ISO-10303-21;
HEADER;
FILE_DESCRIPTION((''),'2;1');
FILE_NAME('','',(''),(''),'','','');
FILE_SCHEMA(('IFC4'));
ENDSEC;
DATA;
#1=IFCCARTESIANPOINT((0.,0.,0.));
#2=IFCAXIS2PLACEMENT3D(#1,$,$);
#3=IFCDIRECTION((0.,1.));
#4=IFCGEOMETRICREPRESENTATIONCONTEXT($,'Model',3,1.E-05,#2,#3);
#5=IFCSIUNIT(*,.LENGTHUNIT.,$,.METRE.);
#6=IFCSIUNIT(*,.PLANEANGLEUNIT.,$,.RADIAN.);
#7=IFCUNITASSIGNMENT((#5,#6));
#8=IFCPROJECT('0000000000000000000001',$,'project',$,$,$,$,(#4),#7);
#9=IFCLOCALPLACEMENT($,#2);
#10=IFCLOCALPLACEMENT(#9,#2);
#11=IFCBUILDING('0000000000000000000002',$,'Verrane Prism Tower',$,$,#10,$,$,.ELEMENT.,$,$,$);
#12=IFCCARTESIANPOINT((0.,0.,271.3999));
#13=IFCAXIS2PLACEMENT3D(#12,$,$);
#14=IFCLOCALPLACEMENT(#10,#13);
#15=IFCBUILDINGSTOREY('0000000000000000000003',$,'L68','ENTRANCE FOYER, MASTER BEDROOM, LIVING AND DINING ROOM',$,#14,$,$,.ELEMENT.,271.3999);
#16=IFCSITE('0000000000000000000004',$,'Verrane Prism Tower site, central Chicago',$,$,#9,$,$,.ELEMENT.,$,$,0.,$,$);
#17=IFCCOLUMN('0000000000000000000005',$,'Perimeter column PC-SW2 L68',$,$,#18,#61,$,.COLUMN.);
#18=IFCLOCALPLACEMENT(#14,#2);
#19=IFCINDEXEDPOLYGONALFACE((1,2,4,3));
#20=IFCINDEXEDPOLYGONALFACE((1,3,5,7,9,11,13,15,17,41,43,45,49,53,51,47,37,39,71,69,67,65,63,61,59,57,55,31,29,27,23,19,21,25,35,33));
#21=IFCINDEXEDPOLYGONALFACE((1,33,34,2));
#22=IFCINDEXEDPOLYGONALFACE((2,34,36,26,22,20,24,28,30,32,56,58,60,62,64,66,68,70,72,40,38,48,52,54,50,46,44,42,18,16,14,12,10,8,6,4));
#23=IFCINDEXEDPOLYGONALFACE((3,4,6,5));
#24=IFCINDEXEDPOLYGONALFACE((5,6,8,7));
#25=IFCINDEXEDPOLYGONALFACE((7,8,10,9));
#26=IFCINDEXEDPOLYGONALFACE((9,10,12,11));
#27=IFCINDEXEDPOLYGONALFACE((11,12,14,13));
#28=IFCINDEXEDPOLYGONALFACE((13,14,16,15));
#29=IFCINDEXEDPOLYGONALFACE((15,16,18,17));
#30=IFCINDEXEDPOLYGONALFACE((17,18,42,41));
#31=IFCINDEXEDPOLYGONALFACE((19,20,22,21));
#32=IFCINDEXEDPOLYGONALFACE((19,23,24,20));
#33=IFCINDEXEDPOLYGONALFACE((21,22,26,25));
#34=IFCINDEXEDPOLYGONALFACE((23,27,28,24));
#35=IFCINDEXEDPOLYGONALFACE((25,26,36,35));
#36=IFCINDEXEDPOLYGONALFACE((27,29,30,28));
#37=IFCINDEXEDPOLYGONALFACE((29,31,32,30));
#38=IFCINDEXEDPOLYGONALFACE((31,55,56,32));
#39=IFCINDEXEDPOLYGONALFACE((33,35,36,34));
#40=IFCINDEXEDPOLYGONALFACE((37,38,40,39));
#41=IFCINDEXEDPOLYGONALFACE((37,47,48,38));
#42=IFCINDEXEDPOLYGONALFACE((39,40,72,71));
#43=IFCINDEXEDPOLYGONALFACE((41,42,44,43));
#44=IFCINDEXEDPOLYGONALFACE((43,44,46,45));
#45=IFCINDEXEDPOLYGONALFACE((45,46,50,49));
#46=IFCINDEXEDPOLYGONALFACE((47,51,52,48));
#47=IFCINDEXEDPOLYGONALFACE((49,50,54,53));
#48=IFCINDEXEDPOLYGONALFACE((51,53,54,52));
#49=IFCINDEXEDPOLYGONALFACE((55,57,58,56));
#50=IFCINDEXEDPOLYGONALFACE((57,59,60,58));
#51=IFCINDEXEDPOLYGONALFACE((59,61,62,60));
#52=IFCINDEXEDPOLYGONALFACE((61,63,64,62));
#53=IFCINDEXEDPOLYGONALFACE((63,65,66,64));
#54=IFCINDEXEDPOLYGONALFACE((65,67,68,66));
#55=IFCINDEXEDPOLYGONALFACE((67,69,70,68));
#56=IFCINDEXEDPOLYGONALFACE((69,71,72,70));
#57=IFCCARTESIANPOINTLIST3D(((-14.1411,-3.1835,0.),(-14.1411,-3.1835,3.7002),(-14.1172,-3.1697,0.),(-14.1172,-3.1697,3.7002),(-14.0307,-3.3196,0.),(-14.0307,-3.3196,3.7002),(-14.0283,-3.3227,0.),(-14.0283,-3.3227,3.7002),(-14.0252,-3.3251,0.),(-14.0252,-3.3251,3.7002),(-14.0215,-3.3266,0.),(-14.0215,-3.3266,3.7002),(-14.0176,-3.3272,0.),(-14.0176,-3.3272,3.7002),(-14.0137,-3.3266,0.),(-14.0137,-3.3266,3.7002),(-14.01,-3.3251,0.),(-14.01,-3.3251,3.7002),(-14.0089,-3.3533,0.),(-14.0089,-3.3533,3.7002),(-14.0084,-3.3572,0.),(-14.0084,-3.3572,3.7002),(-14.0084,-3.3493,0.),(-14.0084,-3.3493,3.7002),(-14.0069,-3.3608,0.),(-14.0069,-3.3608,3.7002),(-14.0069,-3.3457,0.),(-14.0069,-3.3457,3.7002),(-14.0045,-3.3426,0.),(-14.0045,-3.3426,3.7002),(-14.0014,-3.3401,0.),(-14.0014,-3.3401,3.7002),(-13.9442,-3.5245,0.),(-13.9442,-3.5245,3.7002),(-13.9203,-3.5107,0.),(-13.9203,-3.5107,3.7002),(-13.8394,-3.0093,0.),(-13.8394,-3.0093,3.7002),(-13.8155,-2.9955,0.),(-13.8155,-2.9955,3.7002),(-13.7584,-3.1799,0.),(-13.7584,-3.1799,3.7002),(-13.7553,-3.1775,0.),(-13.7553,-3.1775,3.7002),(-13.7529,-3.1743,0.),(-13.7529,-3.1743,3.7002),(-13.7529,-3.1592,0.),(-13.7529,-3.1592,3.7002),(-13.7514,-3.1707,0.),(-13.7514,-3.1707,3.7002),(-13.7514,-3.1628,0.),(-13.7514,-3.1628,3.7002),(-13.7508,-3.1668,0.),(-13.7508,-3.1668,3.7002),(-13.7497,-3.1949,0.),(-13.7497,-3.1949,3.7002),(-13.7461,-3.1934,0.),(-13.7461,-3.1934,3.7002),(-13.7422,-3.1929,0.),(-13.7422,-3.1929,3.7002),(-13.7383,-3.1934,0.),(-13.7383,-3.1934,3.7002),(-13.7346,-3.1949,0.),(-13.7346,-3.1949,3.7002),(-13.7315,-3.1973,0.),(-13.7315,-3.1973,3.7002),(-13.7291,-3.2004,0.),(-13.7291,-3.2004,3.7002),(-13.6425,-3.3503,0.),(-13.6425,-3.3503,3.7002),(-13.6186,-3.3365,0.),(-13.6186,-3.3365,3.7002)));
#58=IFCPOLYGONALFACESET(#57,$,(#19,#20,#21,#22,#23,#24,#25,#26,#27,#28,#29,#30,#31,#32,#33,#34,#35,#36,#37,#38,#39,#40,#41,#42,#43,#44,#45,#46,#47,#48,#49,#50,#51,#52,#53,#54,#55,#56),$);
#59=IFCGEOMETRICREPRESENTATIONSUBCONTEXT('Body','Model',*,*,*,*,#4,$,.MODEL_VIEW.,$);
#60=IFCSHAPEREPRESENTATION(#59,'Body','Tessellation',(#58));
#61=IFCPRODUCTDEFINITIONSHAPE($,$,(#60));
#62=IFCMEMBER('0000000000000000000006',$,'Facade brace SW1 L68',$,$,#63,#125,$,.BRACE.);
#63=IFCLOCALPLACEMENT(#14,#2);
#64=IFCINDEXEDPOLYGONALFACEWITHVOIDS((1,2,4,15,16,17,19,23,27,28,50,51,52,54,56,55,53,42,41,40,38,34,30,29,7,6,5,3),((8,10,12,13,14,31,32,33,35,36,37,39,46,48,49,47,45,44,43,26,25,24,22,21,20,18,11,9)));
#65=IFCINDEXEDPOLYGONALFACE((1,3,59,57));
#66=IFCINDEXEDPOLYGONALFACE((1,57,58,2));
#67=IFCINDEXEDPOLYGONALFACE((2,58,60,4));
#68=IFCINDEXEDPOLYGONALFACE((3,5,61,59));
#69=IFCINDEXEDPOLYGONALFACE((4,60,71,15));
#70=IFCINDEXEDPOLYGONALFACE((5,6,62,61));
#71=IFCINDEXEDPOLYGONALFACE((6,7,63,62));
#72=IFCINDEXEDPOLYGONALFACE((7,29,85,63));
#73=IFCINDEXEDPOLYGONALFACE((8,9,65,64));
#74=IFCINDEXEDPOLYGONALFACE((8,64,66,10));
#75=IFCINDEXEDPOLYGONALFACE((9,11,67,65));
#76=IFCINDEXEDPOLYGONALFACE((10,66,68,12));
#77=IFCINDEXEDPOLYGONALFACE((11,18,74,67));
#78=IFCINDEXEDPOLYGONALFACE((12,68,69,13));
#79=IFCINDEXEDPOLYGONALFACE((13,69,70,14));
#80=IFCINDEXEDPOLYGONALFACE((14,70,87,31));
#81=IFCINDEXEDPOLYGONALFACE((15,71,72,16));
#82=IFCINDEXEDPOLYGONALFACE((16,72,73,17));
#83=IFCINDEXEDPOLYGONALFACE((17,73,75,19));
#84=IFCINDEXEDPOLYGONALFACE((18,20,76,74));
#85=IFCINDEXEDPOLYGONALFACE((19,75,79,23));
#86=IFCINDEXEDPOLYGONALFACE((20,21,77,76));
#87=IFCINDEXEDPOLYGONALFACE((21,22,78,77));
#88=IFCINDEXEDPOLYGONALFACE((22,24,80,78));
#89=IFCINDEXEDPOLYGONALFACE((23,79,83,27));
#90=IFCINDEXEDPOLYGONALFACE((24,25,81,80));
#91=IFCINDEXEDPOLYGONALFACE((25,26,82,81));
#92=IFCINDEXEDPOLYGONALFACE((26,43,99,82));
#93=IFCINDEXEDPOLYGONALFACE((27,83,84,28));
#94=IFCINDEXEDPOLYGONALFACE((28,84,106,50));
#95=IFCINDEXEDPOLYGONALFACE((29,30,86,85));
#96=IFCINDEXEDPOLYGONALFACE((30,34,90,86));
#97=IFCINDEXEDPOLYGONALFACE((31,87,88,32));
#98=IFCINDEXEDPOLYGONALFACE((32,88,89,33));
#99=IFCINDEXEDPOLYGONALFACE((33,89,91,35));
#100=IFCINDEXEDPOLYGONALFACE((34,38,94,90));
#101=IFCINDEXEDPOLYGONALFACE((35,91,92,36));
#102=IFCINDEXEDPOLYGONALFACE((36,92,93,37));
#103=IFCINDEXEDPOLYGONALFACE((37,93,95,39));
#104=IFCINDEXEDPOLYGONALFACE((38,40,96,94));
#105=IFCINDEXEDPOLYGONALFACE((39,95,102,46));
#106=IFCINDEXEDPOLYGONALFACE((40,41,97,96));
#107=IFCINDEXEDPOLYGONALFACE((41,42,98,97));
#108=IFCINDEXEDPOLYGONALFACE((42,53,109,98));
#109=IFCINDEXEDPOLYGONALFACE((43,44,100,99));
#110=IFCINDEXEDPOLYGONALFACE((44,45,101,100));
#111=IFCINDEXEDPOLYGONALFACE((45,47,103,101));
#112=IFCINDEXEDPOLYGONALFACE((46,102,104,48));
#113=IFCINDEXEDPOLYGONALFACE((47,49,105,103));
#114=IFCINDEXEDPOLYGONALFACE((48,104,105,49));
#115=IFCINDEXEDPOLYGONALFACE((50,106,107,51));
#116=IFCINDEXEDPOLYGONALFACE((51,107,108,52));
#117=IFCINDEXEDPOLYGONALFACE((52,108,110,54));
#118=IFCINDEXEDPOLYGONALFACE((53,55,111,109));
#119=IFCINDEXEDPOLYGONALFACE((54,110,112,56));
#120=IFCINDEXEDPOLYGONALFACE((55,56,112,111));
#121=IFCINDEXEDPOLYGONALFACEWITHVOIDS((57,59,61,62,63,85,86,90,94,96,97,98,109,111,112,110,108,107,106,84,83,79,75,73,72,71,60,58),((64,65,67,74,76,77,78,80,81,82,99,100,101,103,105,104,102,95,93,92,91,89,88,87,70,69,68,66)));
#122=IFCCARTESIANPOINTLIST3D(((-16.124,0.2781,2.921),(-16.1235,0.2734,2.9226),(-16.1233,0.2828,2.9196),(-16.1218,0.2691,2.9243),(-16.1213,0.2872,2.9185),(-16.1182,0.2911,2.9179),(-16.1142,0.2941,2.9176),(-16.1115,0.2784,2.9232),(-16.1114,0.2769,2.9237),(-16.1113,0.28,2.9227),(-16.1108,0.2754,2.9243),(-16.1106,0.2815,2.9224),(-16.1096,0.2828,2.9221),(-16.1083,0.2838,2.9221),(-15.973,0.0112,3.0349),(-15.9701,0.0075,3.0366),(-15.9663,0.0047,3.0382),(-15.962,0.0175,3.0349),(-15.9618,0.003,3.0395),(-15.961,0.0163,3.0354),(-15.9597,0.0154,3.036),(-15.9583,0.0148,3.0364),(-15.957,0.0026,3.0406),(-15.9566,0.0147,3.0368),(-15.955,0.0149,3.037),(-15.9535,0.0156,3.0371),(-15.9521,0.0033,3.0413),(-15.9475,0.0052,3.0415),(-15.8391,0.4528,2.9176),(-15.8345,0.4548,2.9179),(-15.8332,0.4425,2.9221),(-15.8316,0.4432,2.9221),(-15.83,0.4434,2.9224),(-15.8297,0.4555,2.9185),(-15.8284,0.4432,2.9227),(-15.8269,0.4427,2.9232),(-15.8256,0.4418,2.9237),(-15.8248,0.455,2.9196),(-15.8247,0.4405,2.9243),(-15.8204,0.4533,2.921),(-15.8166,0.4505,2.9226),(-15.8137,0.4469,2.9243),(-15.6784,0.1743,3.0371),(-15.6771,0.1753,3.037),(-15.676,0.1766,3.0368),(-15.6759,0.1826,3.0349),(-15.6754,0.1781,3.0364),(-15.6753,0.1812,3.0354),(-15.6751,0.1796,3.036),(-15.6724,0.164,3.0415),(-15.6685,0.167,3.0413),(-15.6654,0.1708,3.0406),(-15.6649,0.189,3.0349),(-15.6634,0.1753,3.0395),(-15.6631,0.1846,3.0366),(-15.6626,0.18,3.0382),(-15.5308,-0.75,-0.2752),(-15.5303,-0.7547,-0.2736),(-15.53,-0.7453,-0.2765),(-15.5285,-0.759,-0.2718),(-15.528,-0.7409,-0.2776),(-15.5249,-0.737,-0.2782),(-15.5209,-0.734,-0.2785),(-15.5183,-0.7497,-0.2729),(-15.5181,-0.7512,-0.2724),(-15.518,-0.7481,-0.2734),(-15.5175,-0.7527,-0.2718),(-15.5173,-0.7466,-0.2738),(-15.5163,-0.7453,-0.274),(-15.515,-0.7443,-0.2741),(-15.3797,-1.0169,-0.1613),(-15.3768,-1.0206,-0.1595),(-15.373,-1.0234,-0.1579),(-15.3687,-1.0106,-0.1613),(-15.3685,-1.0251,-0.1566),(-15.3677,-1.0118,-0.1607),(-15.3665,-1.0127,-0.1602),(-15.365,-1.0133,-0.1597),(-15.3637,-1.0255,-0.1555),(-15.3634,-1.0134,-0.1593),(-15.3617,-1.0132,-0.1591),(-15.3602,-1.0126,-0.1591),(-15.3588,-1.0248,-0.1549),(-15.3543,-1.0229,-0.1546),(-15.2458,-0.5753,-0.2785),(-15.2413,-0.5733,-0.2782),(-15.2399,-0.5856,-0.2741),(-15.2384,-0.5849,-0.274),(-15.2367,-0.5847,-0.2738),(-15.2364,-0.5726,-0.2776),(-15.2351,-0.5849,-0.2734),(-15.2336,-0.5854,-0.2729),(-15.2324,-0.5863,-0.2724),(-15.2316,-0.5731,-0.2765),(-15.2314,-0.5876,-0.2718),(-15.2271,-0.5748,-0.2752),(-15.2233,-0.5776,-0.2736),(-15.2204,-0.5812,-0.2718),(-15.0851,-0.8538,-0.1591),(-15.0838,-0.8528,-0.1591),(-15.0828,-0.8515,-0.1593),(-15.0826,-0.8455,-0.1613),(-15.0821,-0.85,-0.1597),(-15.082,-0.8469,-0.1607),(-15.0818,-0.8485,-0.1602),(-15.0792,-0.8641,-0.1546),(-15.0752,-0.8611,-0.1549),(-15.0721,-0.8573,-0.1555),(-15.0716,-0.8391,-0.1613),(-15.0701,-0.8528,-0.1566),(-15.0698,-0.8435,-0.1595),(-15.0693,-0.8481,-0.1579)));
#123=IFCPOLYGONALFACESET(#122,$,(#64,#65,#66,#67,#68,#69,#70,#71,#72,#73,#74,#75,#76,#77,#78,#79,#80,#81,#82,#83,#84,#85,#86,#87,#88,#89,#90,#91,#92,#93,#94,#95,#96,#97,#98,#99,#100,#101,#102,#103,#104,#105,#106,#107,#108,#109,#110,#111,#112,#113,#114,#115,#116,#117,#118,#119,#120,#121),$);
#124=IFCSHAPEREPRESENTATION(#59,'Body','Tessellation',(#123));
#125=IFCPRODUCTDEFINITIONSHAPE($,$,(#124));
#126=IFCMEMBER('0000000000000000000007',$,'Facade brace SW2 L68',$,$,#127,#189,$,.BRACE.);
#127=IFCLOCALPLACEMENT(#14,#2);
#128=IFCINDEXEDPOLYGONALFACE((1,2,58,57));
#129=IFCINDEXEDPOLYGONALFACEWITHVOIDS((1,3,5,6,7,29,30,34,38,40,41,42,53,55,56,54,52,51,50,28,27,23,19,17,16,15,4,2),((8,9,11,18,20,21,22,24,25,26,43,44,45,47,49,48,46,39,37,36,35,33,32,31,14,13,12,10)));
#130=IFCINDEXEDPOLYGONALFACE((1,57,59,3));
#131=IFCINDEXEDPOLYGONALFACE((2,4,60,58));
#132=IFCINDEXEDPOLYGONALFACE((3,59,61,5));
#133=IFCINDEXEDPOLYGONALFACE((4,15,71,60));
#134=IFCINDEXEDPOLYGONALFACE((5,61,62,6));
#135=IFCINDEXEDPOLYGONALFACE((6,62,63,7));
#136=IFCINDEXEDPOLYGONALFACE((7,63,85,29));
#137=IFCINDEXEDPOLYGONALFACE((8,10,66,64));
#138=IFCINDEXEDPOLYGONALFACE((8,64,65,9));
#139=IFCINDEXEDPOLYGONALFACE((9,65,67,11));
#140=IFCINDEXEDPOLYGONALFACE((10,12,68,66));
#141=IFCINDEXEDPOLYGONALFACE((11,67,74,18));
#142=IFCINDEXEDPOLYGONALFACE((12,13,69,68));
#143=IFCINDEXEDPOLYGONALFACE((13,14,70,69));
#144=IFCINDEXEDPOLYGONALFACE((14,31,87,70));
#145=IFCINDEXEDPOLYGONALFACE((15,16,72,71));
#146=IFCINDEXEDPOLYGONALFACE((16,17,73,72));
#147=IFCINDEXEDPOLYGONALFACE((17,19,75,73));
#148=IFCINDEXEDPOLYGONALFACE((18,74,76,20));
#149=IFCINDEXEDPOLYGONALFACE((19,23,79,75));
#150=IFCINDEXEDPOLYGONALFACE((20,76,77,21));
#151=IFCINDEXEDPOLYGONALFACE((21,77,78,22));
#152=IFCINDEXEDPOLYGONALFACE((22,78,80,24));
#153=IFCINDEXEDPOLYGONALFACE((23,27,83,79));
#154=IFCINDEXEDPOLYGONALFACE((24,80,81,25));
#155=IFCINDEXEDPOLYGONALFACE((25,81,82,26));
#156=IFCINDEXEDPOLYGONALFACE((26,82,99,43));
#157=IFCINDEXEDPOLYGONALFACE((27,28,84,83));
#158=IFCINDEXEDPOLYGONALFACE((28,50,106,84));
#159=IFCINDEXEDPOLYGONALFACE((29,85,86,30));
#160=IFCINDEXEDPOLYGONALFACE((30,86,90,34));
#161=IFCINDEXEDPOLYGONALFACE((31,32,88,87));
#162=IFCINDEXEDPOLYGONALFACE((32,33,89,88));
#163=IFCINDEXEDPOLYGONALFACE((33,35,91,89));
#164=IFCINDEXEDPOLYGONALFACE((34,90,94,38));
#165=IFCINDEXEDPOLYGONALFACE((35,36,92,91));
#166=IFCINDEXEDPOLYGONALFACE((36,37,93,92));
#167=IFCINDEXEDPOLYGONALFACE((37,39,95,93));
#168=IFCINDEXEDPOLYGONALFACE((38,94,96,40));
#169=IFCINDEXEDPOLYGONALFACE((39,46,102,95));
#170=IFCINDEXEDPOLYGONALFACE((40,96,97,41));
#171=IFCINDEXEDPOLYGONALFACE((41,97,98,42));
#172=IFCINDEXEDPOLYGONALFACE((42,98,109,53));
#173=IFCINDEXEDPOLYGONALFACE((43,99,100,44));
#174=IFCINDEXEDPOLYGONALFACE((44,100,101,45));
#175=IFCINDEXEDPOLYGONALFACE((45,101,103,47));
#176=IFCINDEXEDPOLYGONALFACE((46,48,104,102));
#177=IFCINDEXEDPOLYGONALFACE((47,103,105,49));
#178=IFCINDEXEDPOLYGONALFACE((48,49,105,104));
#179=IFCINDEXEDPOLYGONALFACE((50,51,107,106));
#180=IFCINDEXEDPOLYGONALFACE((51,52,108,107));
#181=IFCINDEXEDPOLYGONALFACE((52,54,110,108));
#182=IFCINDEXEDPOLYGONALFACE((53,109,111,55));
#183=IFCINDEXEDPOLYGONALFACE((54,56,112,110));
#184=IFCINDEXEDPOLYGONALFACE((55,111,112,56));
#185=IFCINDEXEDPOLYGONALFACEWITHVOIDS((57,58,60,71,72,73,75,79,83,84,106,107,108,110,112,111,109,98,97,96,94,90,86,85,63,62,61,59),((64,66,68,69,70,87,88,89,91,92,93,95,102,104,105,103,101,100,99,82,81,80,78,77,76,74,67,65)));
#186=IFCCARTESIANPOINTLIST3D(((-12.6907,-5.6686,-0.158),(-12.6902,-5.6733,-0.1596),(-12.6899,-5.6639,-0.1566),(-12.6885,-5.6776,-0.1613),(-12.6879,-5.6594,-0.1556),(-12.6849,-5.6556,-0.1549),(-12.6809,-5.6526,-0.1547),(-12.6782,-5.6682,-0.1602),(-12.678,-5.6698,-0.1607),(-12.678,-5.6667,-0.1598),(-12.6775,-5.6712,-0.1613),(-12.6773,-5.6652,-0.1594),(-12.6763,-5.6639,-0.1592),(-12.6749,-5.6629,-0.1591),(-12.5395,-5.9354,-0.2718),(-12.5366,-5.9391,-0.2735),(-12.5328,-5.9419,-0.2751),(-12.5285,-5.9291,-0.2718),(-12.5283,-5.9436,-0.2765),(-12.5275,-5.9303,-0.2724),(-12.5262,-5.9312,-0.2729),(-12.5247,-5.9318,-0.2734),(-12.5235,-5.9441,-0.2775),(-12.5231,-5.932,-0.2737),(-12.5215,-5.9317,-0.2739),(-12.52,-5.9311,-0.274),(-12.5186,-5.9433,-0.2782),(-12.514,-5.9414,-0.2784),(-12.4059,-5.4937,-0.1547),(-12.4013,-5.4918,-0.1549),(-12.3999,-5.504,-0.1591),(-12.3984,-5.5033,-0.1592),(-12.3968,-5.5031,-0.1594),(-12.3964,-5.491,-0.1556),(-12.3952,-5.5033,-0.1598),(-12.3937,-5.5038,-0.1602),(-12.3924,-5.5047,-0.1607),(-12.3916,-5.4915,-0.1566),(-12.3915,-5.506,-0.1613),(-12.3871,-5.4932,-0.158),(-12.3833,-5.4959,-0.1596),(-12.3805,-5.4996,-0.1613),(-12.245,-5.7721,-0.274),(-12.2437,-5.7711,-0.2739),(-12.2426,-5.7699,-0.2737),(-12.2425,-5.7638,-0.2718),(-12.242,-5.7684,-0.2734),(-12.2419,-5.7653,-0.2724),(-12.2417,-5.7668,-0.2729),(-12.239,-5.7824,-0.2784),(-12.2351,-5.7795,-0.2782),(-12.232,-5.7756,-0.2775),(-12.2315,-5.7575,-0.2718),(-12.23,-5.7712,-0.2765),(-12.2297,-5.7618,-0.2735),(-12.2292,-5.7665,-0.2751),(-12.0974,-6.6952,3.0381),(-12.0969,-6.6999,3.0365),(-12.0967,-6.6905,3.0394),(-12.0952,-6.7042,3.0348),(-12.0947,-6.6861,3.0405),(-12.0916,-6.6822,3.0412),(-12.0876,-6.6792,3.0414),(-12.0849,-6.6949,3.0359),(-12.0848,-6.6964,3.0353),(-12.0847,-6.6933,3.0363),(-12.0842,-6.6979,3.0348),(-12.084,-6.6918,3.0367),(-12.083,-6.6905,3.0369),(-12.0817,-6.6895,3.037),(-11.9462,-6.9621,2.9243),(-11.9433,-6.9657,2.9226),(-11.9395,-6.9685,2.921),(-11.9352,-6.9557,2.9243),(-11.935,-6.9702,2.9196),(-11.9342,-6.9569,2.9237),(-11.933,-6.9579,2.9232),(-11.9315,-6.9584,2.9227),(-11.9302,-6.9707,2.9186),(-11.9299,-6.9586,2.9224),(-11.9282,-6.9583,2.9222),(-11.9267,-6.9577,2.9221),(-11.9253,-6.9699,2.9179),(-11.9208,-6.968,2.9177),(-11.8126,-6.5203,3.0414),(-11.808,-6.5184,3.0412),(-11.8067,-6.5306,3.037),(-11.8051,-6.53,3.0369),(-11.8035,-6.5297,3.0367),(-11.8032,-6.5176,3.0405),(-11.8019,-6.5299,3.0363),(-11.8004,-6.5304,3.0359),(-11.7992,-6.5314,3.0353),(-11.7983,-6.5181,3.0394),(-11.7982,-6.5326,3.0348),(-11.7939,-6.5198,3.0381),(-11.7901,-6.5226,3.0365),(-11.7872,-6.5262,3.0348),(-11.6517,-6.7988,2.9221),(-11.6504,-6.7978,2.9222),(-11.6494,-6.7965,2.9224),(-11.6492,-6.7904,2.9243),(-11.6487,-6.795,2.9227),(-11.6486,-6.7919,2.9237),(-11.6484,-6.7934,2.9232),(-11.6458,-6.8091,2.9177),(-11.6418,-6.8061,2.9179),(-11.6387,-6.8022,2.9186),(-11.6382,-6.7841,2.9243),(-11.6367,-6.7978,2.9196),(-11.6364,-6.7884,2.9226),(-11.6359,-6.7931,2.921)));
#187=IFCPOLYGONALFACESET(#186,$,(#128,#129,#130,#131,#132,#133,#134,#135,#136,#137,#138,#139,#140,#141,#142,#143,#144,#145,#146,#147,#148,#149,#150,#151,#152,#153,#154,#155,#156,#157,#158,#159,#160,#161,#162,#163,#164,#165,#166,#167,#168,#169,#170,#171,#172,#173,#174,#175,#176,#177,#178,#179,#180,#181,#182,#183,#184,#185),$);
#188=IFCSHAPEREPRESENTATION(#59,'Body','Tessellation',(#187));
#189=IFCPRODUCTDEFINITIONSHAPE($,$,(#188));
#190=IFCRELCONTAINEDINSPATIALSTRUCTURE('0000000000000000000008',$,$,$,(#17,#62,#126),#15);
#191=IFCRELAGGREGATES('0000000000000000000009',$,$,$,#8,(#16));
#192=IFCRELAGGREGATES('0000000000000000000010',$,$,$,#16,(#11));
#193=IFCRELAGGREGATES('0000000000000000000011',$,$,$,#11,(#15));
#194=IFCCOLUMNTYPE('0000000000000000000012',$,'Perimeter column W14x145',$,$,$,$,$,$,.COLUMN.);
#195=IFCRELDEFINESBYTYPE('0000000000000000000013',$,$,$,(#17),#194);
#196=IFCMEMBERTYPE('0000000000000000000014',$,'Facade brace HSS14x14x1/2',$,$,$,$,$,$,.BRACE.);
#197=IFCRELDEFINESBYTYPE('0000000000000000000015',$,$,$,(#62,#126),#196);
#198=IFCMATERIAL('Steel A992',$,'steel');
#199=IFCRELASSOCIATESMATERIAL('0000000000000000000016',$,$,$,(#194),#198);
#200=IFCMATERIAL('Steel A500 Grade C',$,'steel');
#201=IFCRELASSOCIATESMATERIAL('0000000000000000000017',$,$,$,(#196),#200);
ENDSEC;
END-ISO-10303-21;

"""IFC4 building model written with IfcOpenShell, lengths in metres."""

from ifc_helpers import new_model, si_unit, direction, frame, origin, origin_2d, place, context, subcontext, project, spatial, hollow_rectangle, i_section, extrude, material, material_profile, profile_set, type_object, element, save


model = new_model("IFC4")

# Units and contexts
model_context = context("Model", 3, precision=1e-05, world=origin(), true_north=direction((0.0, 1.0)))
body_context = subcontext(model_context, "Body", "Model", "MODEL_VIEW")
ifc_project = project(units=[si_unit("LENGTHUNIT", "METRE"), si_unit("PLANEANGLEUNIT", "RADIAN")], contexts=[model_context])

# Site, building, storey
site_placement = place(None, origin())
site = spatial("IfcSite", under=ifc_project, at=site_placement, Name="Verrane Prism Tower site, central Chicago", CompositionType="ELEMENT", RefElevation=0.0)
building_placement = place(site_placement, origin())
building = spatial("IfcBuilding", under=site, at=building_placement, Name="Verrane Prism Tower", CompositionType="ELEMENT")
storey_placement = place(building_placement, frame((0.0, 0.0, 271.3999)))
storey = spatial("IfcBuildingStorey", under=building, at=storey_placement, Name="L68", Description="ENTRANCE FOYER, MASTER BEDROOM, LIVING AND DINING ROOM", CompositionType="ELEMENT", Elevation=271.3999)

# Column
ifc_material_1 = material(Name="Steel A992", Category="steel")
ifc_material_profile_1 = material_profile(ifc_material_1, i_section(OverallWidth=0.3938, OverallDepth=0.376, WebThickness=0.0173, FlangeThickness=0.0276, FilletRadius=0.0151, at=origin_2d()), Name="W14x145")
ifc_profile_set_1 = profile_set([ifc_material_profile_1], Name="Steel A992")
column_type = type_object("IfcColumnType", Name="Perimeter column W14x145", PredefinedType="COLUMN", material=ifc_profile_set_1)
column_placement = place(storey_placement, frame((-13.8799, -3.26, 0.0), z_axis=(0.0, 0.0, 1.0), x_axis=(-0.5, 0.866025, 0.0)))
element("IfcColumn", 1, at=column_placement, inside=storey, type_object=column_type, Name="Perimeter column PC-SW2 L68", PredefinedType="COLUMN", context=body_context, shape_type="SweptSolid", body=[
    extrude(i_section(OverallWidth=0.3938, OverallDepth=0.376, WebThickness=0.0173, FlangeThickness=0.0276, FilletRadius=0.0151, at=origin_2d()), origin(), (0.0, 0.0, 1.0), 3.7002),
])

# Members
ifc_material_2 = material(Name="Steel A500 Grade C", Category="steel")
ifc_material_profile_2 = material_profile(ifc_material_2, hollow_rectangle(XDim=0.3557, YDim=0.3557, WallThickness=0.0127, InnerFilletRadius=0.0063, OuterFilletRadius=0.019, at=origin_2d()), Name="HSS14x14x1/2")
ifc_profile_set_2 = profile_set([ifc_material_profile_2], Name="Steel A500 Grade C")
member_type_1 = type_object("IfcMemberType", Name="Facade brace HSS14x14x1/2", PredefinedType="BRACE", material=ifc_profile_set_2)
member_1_placement = place(storey_placement, frame((-15.3, -0.7991, -0.2166), z_axis=(-0.174011, 0.301547, 0.937438), x_axis=(-0.866134, -0.499811, 0.0)))
element("IfcMember", 2, at=member_1_placement, inside=storey, type_object=member_type_1, Name="Facade brace SW1 L68", PredefinedType="BRACE", context=body_context, shape_type="SweptSolid", body=[
    extrude(hollow_rectangle(XDim=0.3557, YDim=0.3557, WallThickness=0.0127, InnerFilletRadius=0.0063, OuterFilletRadius=0.019, at=origin_2d()), origin(), (0.0, 0.0, 1.0), 3.4094),
])
member_2_placement = place(storey_placement, frame((-12.46, -5.7175, -0.2166), z_axis=(0.174033, -0.301156, 0.937559), x_axis=(0.865825, 0.500346, 0.0)))
element("IfcMember", 3, at=member_2_placement, inside=storey, type_object=member_type_1, Name="Facade brace SW2 L68", PredefinedType="BRACE", context=body_context, shape_type="SweptSolid", body=[
    extrude(hollow_rectangle(XDim=0.3557, YDim=0.3557, WallThickness=0.0127, InnerFilletRadius=0.0063, OuterFilletRadius=0.019, at=origin_2d()), origin(), (0.0, 0.0, 1.0), 3.4089),
])

save(model, "model.ifc")
